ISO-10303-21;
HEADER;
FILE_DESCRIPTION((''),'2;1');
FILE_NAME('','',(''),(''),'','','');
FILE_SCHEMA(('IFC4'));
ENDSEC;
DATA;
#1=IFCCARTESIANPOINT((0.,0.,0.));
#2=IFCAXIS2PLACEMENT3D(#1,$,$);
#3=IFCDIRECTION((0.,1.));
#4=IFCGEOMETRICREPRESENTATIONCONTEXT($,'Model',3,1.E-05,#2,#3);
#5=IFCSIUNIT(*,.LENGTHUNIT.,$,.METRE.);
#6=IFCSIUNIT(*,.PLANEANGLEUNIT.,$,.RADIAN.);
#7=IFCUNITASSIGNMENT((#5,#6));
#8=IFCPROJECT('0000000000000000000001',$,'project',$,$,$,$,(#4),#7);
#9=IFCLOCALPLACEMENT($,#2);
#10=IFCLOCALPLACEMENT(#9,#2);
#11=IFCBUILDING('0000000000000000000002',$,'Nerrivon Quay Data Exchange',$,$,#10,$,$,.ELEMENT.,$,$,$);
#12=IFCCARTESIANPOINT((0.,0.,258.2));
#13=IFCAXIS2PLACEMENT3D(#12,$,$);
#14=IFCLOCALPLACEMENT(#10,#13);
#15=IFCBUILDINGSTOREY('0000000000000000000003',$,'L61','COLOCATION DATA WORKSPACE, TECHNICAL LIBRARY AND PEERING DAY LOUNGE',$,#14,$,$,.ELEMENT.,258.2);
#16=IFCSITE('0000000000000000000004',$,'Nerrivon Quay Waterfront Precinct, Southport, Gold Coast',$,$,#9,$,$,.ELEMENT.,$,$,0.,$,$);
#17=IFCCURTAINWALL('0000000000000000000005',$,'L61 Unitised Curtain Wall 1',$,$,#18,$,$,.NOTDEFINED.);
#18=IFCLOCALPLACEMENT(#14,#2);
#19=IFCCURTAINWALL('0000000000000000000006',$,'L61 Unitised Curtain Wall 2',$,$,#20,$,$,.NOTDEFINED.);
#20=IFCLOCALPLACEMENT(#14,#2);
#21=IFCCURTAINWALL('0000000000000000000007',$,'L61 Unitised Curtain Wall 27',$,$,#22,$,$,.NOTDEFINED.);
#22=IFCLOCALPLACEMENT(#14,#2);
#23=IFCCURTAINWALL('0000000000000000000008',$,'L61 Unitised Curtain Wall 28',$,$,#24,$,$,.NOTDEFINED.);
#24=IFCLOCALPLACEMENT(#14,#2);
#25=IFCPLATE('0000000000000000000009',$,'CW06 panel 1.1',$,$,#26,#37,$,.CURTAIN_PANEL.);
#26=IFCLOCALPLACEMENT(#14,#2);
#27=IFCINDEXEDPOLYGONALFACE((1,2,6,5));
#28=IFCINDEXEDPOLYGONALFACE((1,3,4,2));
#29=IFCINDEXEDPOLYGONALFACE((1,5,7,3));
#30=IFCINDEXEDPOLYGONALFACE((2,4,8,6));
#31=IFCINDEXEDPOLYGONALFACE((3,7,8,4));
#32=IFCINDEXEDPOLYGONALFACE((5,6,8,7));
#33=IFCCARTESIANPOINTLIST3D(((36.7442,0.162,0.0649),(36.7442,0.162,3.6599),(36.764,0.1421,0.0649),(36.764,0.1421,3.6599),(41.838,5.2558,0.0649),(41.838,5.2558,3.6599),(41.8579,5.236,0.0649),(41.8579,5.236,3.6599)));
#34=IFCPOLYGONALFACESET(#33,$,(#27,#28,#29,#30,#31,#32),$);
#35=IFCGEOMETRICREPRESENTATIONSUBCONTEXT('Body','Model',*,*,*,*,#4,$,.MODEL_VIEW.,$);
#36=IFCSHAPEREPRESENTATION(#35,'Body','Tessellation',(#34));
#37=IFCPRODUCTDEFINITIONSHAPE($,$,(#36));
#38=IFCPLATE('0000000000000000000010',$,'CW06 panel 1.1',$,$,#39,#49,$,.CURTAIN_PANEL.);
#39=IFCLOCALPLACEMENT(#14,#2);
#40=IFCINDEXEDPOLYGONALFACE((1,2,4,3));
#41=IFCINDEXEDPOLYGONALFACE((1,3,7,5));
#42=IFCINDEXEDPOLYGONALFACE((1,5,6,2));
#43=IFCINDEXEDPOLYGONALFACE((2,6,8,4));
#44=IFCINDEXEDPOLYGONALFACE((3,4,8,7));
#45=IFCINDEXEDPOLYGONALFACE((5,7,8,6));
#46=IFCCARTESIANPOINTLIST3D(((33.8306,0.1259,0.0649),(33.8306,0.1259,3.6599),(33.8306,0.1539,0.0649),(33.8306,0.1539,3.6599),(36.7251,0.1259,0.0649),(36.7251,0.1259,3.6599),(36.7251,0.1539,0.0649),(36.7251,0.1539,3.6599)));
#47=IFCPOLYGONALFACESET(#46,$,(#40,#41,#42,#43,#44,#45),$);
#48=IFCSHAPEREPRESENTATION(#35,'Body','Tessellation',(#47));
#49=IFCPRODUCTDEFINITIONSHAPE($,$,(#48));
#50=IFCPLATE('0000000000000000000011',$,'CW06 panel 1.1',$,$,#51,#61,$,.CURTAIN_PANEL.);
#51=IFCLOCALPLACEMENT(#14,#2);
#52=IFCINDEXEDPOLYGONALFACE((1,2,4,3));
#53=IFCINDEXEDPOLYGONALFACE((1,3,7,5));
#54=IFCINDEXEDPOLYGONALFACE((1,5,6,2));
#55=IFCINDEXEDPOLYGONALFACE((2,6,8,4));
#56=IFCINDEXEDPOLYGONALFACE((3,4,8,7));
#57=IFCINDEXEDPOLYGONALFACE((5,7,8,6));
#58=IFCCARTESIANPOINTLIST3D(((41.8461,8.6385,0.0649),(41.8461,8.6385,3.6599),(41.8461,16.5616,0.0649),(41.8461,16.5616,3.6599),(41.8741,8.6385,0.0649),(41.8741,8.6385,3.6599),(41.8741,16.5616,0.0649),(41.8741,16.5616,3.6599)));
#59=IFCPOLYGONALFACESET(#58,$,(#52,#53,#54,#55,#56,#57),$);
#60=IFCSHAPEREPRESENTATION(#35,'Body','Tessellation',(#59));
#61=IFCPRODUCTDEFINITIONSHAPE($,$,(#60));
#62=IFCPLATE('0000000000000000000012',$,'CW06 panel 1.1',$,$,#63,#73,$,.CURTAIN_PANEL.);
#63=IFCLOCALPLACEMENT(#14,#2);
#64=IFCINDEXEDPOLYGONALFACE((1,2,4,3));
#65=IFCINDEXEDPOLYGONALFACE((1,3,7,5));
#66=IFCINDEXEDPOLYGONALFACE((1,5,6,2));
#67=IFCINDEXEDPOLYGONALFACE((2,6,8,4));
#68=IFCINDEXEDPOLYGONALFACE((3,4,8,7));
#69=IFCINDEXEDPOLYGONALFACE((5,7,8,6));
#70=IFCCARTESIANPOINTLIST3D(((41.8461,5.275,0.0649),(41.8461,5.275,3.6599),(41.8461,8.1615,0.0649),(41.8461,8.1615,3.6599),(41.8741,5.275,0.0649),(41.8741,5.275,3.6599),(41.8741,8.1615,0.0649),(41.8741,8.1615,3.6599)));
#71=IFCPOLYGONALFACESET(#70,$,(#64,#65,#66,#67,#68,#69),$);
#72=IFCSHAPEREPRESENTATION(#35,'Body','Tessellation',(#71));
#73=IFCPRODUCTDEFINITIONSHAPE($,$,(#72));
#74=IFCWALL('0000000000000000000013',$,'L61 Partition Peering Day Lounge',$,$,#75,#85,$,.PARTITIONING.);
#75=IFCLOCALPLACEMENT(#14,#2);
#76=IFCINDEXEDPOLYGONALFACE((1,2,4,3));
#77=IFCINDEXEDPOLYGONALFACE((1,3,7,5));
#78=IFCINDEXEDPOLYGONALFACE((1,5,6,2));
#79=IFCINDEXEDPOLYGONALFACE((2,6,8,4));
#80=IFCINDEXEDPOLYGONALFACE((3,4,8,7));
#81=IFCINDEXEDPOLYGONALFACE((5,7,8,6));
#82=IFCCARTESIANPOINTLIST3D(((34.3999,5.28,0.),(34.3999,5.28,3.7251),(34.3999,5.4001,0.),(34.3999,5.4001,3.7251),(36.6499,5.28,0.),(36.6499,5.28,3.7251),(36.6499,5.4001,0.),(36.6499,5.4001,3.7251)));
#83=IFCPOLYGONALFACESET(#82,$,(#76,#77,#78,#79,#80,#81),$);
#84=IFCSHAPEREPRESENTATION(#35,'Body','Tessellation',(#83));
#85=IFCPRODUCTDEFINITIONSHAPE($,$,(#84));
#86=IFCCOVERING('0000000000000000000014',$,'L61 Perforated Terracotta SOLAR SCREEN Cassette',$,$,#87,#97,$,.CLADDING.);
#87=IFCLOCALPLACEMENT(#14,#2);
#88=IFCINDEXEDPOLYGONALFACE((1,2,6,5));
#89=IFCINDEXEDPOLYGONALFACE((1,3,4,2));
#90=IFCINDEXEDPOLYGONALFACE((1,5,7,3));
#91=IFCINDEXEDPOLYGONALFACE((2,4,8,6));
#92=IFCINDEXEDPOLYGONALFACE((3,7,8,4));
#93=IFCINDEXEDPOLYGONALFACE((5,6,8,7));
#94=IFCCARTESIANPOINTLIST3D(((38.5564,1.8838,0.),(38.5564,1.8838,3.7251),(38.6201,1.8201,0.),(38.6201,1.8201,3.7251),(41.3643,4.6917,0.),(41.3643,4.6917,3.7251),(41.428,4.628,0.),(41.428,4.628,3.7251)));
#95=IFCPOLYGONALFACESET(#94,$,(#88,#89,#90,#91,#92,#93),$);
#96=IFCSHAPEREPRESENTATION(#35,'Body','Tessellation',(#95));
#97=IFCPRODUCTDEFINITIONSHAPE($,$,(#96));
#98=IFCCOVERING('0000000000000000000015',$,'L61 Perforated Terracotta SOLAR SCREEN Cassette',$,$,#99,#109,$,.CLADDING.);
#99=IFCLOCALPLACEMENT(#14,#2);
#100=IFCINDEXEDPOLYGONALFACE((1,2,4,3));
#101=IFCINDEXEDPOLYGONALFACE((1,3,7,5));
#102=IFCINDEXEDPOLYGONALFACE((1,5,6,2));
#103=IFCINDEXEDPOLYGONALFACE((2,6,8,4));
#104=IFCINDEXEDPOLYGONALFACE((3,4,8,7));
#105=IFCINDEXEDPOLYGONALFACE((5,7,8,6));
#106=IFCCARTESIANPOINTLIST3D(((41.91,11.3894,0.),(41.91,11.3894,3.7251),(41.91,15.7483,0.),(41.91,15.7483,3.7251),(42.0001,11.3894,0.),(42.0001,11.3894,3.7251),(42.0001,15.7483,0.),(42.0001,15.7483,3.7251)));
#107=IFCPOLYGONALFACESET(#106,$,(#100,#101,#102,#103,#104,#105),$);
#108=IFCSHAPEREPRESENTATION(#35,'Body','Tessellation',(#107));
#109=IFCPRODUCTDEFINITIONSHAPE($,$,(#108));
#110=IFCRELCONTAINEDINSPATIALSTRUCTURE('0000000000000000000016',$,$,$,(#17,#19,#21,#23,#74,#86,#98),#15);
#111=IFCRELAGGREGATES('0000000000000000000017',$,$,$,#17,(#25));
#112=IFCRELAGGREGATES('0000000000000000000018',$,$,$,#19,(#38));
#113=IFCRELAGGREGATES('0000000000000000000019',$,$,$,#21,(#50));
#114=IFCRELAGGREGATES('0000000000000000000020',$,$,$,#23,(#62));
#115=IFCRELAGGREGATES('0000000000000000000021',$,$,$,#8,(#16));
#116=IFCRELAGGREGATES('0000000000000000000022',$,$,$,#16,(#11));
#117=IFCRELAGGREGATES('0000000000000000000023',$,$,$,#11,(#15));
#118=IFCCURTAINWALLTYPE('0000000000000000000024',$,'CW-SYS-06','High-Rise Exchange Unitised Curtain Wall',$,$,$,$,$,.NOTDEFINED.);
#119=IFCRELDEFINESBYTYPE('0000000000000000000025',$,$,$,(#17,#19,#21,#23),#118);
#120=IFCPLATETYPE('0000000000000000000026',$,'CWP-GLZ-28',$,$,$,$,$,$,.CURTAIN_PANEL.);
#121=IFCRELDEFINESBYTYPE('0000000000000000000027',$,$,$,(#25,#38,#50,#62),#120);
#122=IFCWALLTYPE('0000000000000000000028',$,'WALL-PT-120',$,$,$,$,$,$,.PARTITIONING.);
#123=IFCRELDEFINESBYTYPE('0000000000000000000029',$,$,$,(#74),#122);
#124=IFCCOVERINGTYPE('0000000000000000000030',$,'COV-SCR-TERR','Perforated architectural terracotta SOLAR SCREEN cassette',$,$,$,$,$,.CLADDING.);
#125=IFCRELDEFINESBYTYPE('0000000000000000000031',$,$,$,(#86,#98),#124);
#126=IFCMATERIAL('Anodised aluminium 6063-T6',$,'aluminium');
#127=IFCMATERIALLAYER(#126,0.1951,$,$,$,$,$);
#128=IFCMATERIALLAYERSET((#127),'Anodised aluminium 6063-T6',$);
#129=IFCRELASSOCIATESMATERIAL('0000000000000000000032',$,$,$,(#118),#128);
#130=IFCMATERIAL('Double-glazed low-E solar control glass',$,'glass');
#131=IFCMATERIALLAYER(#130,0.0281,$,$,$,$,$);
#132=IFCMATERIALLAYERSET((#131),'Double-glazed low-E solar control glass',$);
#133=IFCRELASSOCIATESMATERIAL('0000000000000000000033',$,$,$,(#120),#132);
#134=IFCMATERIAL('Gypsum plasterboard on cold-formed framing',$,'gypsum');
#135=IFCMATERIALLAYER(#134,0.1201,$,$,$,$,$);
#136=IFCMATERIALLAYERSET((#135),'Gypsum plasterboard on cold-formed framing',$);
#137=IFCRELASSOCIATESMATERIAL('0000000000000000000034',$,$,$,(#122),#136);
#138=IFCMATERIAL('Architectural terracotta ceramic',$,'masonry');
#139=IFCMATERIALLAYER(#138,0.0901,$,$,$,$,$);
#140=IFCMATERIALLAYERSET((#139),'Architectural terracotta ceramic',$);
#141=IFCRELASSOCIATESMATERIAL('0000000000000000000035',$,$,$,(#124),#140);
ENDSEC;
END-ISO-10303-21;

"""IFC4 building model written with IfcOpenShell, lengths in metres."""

from ifc_helpers import new_model, si_unit, direction, frame, frame_2d, origin, origin_2d, place, context, subcontext, project, spatial, rectangle, extrude, material, layer, layer_set, type_object, element, aggregate, save


model = new_model("IFC4")

# Units and contexts
model_context = context("Model", 3, precision=1e-05, world=origin(), true_north=direction((0.0, 1.0)))
body_context = subcontext(model_context, "Body", "Model", "MODEL_VIEW")
ifc_project = project(units=[si_unit("LENGTHUNIT", "METRE"), si_unit("PLANEANGLEUNIT", "RADIAN")], contexts=[model_context])

# Site, building, storey
site_placement = place(None, origin())
site = spatial("IfcSite", under=ifc_project, at=site_placement, Name="Nerrivon Quay Waterfront Precinct, Southport, Gold Coast", CompositionType="ELEMENT", RefElevation=0.0)
building_placement = place(site_placement, origin())
building = spatial("IfcBuilding", under=site, at=building_placement, Name="Nerrivon Quay Data Exchange", CompositionType="ELEMENT")
storey_placement = place(building_placement, frame((0.0, 0.0, 258.2)))
storey = spatial("IfcBuildingStorey", under=building, at=storey_placement, Name="L61", Description="COLOCATION DATA WORKSPACE, TECHNICAL LIBRARY AND PEERING DAY LOUNGE", CompositionType="ELEMENT", Elevation=258.2)

# Curtain wall
ifc_material_1 = material(Name="Anodised aluminium 6063-T6", Category="aluminium")
ifc_layer_1 = layer(ifc_material_1, 0.1951)
ifc_layer_set_1 = layer_set([ifc_layer_1], Name="Anodised aluminium 6063-T6")
curtain_wall_type = type_object("IfcCurtainWallType", Name="CW-SYS-06", Description="High-Rise Exchange Unitised Curtain Wall", PredefinedType="NOTDEFINED", material=ifc_layer_set_1)
curtain_wall_1_placement = place(storey_placement, origin())
curtain_wall_1 = element("IfcCurtainWall", 1, at=curtain_wall_1_placement, inside=storey, type_object=curtain_wall_type, Name="L61 Unitised Curtain Wall 1", PredefinedType="NOTDEFINED")

# Curtain walls
curtain_wall_2_placement = place(storey_placement, origin())
curtain_wall_2 = element("IfcCurtainWall", 2, at=curtain_wall_2_placement, inside=storey, type_object=curtain_wall_type, Name="L61 Unitised Curtain Wall 2", PredefinedType="NOTDEFINED")
curtain_wall_3_placement = place(storey_placement, origin())
curtain_wall_3 = element("IfcCurtainWall", 3, at=curtain_wall_3_placement, inside=storey, type_object=curtain_wall_type, Name="L61 Unitised Curtain Wall 27", PredefinedType="NOTDEFINED")

# Curtain wall
curtain_wall_4_placement = place(storey_placement, origin())
curtain_wall_4 = element("IfcCurtainWall", 4, at=curtain_wall_4_placement, inside=storey, type_object=curtain_wall_type, Name="L61 Unitised Curtain Wall 28", PredefinedType="NOTDEFINED")

# Plates
ifc_material_2 = material(Name="Double-glazed low-E solar control glass", Category="glass")
ifc_layer_2 = layer(ifc_material_2, 0.0281)
ifc_layer_set_2 = layer_set([ifc_layer_2], Name="Double-glazed low-E solar control glass")
plate_type = type_object("IfcPlateType", Name="CWP-GLZ-28", PredefinedType="CURTAIN_PANEL", material=ifc_layer_set_2)
plate_1_placement = place(storey_placement, frame((39.301, 2.699, 0.0649), z_axis=(0.0, 0.0, 1.0), x_axis=(-0.707107, -0.707107, 0.0)))
plate_1 = element("IfcPlate", 5, at=plate_1_placement, type_object=plate_type, Name="CW06 panel 1.1", PredefinedType="CURTAIN_PANEL", context=body_context, shape_type="SweptSolid", body=[
    extrude(rectangle(XDim=7.2039, YDim=0.0281, at=origin_2d()), origin(), (0.0, 0.0, 1.0), 3.595),
])
aggregate(curtain_wall_1, [plate_1])
plate_2_placement = place(storey_placement, frame((35.2778, 0.1399, 0.0649), z_axis=(0.0, 0.0, 1.0), x_axis=(-1.0, 0.0, 0.0)))
plate_2 = element("IfcPlate", 6, at=plate_2_placement, type_object=plate_type, Name="CW06 panel 1.1", PredefinedType="CURTAIN_PANEL", context=body_context, shape_type="SweptSolid", body=[
    extrude(rectangle(XDim=2.8945, YDim=0.0281, at=origin_2d()), origin(), (0.0, 0.0, 1.0), 3.595),
])
aggregate(curtain_wall_2, [plate_2])
plate_3_placement = place(storey_placement, frame((41.8601, 12.6001, 0.0649), z_axis=(0.0, 0.0, 1.0), x_axis=(0.0, -1.0, 0.0)))
plate_3 = element("IfcPlate", 7, at=plate_3_placement, type_object=plate_type, Name="CW06 panel 1.1", PredefinedType="CURTAIN_PANEL", context=body_context, shape_type="SweptSolid", body=[
    extrude(rectangle(XDim=7.9231, YDim=0.0281, at=origin_2d()), origin(), (0.0, 0.0, 1.0), 3.595),
])
aggregate(curtain_wall_3, [plate_3])
plate_4_placement = place(storey_placement, frame((41.8601, 6.7183, 0.0649), z_axis=(0.0, 0.0, 1.0), x_axis=(0.0, -1.0, 0.0)))
plate_4 = element("IfcPlate", 8, at=plate_4_placement, type_object=plate_type, Name="CW06 panel 1.1", PredefinedType="CURTAIN_PANEL", context=body_context, shape_type="SweptSolid", body=[
    extrude(rectangle(XDim=2.8865, YDim=0.0281, at=origin_2d()), origin(), (0.0, 0.0, 1.0), 3.595),
])
aggregate(curtain_wall_4, [plate_4])

# Wall
ifc_material_3 = material(Name="Gypsum plasterboard on cold-formed framing", Category="gypsum")
ifc_layer_3 = layer(ifc_material_3, 0.1201)
ifc_layer_set_3 = layer_set([ifc_layer_3], Name="Gypsum plasterboard on cold-formed framing")
wall_type = type_object("IfcWallType", Name="WALL-PT-120", PredefinedType="PARTITIONING", material=ifc_layer_set_3)
wall_placement = place(storey_placement, frame((36.6499, 5.3401, 0.0), z_axis=(0.0, 0.0, 1.0), x_axis=(-1.0, 0.0, 0.0)))
element("IfcWall", 9, at=wall_placement, inside=storey, type_object=wall_type, Name="L61 Partition Peering Day Lounge", PredefinedType="PARTITIONING", context=body_context, shape_type="SweptSolid", body=[
    extrude(rectangle(XDim=2.25, YDim=0.1201, at=frame_2d((1.125, 0.0))), origin(), (0.0, 0.0, 1.0), 3.7251),
])

# Coverings
ifc_material_4 = material(Name="Architectural terracotta ceramic", Category="masonry")
ifc_layer_4 = layer(ifc_material_4, 0.0901)
ifc_layer_set_4 = layer_set([ifc_layer_4], Name="Architectural terracotta ceramic")
covering_type = type_object("IfcCoveringType", Name="COV-SCR-TERR", Description="Perforated architectural terracotta SOLAR SCREEN cassette", PredefinedType="CLADDING", material=ifc_layer_set_4)
covering_1_placement = place(storey_placement, frame((39.9922, 3.2559, 0.0), z_axis=(0.0, 0.0, 1.0), x_axis=(-0.707107, -0.707107, 0.0)))
element("IfcCovering", 10, at=covering_1_placement, inside=storey, type_object=covering_type, Name="L61 Perforated Terracotta SOLAR SCREEN Cassette", PredefinedType="CLADDING", context=body_context, shape_type="SweptSolid", body=[
    extrude(rectangle(XDim=3.9709, YDim=0.0901, at=origin_2d()), origin(), (0.0, 0.0, 1.0), 3.7251),
])
covering_2_placement = place(storey_placement, frame((41.9551, 13.5688, 0.0), z_axis=(0.0, 0.0, 1.0), x_axis=(0.0, -1.0, 0.0)))
element("IfcCovering", 11, at=covering_2_placement, inside=storey, type_object=covering_type, Name="L61 Perforated Terracotta SOLAR SCREEN Cassette", PredefinedType="CLADDING", context=body_context, shape_type="SweptSolid", body=[
    extrude(rectangle(XDim=4.3589, YDim=0.0901, at=origin_2d()), origin(), (0.0, 0.0, 1.0), 3.7251),
])

save(model, "model.ifc")
